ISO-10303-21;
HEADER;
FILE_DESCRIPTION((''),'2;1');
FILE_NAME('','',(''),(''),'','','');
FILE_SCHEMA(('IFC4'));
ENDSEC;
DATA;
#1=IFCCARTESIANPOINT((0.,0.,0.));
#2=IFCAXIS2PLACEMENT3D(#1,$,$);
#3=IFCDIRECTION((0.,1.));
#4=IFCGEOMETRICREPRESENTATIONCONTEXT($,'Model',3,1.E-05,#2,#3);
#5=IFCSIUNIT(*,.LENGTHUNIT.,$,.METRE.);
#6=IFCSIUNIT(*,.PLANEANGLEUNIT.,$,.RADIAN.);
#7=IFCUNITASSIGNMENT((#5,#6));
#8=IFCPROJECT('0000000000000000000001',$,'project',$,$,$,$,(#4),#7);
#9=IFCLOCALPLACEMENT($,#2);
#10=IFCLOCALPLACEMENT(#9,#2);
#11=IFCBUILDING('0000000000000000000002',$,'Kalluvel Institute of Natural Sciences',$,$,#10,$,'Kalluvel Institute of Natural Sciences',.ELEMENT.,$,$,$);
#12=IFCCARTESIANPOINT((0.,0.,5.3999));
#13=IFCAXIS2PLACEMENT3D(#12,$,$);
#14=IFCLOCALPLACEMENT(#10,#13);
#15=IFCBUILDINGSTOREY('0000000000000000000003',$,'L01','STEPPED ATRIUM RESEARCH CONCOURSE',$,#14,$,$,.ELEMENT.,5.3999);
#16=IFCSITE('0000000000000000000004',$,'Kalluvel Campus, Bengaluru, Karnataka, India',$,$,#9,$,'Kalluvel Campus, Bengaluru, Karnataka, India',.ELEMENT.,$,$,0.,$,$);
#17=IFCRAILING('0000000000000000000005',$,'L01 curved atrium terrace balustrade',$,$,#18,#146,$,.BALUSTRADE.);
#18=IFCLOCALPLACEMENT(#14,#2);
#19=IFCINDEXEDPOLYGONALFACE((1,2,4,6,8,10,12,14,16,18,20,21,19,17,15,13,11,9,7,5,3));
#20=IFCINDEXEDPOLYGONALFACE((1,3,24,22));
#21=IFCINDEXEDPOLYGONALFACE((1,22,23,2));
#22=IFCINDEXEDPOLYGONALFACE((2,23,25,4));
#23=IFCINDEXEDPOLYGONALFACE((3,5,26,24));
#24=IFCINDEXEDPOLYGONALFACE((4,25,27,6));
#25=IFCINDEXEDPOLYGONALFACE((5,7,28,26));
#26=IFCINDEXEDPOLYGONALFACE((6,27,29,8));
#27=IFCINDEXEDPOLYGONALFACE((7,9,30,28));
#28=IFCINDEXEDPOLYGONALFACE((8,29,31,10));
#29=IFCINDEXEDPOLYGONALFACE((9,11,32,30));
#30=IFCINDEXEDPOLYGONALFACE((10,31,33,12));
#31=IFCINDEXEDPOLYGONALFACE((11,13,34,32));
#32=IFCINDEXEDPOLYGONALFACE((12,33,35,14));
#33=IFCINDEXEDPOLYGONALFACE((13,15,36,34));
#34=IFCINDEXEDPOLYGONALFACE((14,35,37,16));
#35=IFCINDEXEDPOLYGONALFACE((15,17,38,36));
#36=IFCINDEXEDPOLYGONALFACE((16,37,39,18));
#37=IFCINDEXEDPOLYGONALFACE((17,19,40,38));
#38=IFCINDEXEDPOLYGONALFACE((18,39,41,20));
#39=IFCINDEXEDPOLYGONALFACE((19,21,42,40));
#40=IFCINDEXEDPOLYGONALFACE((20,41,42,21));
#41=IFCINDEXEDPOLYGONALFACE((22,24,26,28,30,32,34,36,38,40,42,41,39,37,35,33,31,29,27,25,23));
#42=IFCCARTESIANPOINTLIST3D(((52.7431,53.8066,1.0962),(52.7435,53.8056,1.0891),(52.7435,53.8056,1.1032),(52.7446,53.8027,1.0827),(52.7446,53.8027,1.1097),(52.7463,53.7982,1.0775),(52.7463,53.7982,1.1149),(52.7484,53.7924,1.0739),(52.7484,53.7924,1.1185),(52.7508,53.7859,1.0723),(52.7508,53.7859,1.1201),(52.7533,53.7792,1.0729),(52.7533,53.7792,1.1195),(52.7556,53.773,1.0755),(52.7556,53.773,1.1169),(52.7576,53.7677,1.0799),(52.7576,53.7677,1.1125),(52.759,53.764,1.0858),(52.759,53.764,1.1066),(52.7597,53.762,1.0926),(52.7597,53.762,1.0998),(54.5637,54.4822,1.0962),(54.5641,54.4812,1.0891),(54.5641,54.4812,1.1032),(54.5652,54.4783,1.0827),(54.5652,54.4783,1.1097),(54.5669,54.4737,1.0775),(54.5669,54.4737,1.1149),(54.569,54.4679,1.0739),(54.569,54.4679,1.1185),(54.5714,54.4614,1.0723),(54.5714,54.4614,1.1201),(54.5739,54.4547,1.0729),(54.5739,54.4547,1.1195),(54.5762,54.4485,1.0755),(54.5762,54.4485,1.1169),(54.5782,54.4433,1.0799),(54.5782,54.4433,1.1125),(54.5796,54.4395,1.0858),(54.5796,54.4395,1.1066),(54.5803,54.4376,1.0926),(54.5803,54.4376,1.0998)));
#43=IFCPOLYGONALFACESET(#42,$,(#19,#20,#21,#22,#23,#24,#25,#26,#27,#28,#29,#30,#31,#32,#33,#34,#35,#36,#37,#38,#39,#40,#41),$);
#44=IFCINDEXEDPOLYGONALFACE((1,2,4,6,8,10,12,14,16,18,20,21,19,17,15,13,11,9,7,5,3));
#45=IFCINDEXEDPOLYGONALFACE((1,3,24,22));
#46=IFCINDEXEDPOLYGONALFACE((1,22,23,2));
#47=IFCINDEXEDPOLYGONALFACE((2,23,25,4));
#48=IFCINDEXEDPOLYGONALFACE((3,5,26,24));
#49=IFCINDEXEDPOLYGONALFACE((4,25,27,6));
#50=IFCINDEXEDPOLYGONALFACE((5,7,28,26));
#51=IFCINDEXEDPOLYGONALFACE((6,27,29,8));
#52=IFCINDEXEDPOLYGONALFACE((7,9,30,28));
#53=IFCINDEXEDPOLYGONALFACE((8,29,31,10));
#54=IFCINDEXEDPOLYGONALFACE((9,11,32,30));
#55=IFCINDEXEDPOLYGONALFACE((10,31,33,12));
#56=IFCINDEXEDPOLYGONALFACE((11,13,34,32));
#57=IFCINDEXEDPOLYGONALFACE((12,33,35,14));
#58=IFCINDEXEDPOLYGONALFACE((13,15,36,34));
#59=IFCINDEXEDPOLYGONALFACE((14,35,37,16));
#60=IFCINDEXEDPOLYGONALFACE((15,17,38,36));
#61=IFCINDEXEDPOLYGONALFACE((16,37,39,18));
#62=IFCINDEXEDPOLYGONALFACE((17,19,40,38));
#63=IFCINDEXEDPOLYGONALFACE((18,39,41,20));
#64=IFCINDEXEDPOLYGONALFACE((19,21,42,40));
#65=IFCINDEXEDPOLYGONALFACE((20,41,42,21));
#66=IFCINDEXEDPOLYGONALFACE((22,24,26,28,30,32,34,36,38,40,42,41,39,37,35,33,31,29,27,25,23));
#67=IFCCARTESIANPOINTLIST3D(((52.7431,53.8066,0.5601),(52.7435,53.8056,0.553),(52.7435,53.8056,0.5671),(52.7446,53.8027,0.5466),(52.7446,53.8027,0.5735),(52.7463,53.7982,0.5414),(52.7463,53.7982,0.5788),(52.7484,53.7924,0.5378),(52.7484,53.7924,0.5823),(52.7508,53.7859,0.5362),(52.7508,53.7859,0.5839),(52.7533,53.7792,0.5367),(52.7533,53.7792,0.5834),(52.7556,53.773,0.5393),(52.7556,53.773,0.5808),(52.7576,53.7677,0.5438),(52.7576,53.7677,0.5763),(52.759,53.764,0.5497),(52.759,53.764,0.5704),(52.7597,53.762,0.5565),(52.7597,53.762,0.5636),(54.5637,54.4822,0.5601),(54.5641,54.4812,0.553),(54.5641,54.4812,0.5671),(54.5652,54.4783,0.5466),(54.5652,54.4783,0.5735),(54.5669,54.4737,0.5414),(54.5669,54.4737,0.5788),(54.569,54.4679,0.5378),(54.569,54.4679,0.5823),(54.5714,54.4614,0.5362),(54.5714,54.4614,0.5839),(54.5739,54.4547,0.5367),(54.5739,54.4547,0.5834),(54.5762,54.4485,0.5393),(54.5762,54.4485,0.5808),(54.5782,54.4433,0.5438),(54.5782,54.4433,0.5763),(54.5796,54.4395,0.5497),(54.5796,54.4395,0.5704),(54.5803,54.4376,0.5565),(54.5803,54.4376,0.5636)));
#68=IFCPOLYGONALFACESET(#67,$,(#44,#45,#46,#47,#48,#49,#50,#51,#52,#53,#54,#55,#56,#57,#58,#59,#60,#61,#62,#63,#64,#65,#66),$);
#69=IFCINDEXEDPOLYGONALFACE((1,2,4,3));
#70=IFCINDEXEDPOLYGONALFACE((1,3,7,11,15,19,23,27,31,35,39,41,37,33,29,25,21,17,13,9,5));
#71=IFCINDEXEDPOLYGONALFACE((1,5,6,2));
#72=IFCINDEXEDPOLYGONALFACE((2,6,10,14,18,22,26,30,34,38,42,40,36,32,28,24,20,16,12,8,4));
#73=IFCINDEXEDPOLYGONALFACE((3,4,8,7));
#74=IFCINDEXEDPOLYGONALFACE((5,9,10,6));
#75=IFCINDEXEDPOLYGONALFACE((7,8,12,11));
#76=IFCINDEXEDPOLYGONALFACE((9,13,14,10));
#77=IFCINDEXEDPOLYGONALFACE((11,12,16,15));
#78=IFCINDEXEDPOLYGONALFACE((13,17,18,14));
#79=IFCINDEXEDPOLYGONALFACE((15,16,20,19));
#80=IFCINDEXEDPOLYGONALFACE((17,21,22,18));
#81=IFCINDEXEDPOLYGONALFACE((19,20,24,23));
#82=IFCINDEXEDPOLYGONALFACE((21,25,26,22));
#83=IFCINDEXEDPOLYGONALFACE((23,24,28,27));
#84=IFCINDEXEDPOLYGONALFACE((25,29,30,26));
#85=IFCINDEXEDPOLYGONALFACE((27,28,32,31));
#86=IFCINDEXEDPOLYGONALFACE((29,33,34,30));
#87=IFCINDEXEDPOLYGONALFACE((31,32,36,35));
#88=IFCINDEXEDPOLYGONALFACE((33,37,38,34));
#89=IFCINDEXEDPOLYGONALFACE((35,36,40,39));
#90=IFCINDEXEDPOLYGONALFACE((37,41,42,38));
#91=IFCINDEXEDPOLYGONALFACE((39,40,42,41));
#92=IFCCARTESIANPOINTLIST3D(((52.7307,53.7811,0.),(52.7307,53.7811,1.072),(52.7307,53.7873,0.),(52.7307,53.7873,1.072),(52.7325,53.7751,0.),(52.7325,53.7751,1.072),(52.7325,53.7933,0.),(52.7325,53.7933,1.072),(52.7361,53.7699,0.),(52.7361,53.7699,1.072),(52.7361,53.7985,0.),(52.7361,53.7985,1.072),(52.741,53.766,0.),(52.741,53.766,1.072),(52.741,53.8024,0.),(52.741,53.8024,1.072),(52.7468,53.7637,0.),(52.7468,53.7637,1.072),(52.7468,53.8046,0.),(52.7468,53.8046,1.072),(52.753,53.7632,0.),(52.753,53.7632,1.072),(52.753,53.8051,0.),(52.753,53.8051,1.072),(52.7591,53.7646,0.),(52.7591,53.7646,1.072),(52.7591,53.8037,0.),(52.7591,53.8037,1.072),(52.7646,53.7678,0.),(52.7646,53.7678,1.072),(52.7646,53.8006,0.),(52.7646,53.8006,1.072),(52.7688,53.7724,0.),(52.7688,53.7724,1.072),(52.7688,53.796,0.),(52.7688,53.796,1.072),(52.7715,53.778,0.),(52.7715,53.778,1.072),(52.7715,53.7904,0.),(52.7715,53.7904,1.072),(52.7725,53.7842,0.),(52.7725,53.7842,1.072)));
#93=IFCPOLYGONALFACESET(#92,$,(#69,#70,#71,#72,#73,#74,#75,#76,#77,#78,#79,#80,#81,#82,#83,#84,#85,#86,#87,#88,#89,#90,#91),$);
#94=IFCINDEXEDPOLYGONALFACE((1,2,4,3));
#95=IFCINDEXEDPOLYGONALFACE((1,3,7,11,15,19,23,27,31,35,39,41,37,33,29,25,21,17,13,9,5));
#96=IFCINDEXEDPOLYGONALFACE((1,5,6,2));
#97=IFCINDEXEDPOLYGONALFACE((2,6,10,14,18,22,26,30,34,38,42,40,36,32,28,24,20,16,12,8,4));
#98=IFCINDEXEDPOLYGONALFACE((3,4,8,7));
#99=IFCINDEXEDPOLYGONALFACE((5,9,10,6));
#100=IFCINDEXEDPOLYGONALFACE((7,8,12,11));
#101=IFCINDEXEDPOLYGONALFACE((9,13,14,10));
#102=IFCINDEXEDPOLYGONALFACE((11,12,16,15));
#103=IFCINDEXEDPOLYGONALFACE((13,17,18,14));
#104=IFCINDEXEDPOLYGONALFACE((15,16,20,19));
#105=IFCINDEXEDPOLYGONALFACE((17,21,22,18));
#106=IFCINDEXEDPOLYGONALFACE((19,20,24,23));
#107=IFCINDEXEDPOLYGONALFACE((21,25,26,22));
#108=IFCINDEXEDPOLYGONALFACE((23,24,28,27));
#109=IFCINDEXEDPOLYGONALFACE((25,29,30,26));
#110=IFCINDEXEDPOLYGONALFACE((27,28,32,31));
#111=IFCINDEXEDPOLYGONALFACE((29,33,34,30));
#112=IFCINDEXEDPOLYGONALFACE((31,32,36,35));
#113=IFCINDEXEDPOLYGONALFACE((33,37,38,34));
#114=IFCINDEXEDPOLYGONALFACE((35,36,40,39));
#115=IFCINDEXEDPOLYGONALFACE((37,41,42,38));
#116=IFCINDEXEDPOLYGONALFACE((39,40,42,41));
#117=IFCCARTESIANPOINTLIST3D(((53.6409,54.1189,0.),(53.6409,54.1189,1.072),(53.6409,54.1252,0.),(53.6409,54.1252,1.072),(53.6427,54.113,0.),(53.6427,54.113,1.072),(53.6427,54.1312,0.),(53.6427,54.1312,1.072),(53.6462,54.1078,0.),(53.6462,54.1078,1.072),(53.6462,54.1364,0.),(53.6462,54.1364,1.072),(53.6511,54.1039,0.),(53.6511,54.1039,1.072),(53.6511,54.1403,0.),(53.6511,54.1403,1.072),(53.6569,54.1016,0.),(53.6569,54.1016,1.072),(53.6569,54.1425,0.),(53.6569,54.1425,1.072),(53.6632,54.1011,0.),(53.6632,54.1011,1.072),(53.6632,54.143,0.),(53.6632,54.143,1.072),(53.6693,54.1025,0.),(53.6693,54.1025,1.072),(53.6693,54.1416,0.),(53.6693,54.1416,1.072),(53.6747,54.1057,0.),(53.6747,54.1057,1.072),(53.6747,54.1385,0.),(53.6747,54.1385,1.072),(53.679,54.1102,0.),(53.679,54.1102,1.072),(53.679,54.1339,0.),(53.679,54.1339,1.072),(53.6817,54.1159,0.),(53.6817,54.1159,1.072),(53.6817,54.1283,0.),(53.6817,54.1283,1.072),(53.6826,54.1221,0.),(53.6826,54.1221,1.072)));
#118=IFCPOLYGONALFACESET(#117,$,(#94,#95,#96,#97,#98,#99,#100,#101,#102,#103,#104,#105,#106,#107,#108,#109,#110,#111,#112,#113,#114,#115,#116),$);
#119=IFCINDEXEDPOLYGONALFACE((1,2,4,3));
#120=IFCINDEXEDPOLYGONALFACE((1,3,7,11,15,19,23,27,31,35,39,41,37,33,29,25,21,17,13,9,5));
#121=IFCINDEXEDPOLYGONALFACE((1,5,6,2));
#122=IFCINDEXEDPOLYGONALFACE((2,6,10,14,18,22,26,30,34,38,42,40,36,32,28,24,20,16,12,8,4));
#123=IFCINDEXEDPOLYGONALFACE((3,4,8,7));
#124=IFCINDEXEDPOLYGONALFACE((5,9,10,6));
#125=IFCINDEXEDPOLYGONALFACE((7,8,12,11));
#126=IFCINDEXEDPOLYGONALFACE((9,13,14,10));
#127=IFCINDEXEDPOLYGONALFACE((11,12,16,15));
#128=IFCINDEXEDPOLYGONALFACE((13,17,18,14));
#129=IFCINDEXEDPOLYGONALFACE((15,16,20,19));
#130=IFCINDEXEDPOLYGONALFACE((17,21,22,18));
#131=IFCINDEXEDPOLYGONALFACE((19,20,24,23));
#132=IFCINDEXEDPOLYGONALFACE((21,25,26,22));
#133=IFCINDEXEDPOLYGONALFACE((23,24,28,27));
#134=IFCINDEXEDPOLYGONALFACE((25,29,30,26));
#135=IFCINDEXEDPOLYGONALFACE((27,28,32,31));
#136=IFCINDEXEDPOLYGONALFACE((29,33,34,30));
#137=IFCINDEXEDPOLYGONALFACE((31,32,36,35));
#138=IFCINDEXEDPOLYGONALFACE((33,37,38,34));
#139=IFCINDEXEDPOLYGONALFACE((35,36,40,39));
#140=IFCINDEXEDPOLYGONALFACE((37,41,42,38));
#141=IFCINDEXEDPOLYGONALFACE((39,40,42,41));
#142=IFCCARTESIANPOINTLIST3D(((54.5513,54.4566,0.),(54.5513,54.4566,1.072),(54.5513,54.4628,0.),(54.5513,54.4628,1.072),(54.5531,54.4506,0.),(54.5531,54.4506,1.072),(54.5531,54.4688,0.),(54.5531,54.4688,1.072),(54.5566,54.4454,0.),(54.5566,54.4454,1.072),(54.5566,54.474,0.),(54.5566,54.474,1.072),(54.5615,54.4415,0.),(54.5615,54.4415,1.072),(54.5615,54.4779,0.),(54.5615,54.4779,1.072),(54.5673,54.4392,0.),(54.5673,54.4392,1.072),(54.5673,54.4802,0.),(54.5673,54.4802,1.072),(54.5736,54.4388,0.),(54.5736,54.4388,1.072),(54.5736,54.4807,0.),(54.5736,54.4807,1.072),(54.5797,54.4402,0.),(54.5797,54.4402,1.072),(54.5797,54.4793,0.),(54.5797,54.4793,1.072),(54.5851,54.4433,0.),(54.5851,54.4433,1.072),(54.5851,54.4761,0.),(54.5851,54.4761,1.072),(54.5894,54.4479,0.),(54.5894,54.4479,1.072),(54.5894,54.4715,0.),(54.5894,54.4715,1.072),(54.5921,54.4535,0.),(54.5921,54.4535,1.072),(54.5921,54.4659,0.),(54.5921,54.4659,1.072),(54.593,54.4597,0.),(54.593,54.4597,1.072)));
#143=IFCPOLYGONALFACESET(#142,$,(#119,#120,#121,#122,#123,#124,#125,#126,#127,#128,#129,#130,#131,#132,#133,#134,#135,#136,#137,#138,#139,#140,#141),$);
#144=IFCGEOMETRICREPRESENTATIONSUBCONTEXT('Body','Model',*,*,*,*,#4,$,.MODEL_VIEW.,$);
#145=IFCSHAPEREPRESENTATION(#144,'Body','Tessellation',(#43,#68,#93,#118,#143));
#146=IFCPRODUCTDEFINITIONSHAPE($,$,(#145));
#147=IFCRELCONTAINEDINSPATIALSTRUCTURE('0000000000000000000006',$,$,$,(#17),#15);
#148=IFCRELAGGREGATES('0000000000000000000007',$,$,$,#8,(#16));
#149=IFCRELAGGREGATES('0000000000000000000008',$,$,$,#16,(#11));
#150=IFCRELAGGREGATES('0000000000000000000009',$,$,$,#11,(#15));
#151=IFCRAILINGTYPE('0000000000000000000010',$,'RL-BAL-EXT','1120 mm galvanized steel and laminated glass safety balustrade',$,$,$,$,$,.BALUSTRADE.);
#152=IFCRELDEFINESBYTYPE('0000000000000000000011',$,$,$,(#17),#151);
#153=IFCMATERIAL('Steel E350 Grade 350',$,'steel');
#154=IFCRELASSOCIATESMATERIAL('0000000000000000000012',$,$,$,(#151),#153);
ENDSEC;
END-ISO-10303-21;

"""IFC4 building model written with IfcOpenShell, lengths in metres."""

from ifc_helpers import new_model, si_unit, direction, frame, origin, origin_2d, place, context, subcontext, project, spatial, circle, extrude, material, type_object, element, save


model = new_model("IFC4")

# Units and contexts
model_context = context("Model", 3, precision=1e-05, world=origin(), true_north=direction((0.0, 1.0)))
body_context = subcontext(model_context, "Body", "Model", "MODEL_VIEW")
ifc_project = project(units=[si_unit("LENGTHUNIT", "METRE"), si_unit("PLANEANGLEUNIT", "RADIAN")], contexts=[model_context])

# Site, building, storey
site_placement = place(None, origin())
site = spatial("IfcSite", under=ifc_project, at=site_placement, Name="Kalluvel Campus, Bengaluru, Karnataka, India", LongName="Kalluvel Campus, Bengaluru, Karnataka, India", CompositionType="ELEMENT", RefElevation=0.0)
building_placement = place(site_placement, origin())
building = spatial("IfcBuilding", under=site, at=building_placement, Name="Kalluvel Institute of Natural Sciences", LongName="Kalluvel Institute of Natural Sciences", CompositionType="ELEMENT")
storey_placement = place(building_placement, frame((0.0, 0.0, 5.3999)))
storey = spatial("IfcBuildingStorey", under=building, at=storey_placement, Name="L01", Description="STEPPED ATRIUM RESEARCH CONCOURSE", CompositionType="ELEMENT", Elevation=5.3999)

# Shared definitions
ifc_material_1 = material(Name="Steel E350 Grade 350", Category="steel")

# Railing
railing_type = type_object("IfcRailingType", Name="RL-BAL-EXT", Description="1120 mm galvanized steel and laminated glass safety balustrade", PredefinedType="BALUSTRADE", material=ifc_material_1)
railing_1_placement = place(storey_placement, frame((52.7515, 53.7842, 0.0)))
element("IfcRailing", 1, at=railing_1_placement, inside=storey, type_object=railing_type, Name="L01 curved atrium terrace balustrade", PredefinedType="BALUSTRADE", context=body_context, shape_type="SweptSolid", body=[
    extrude(circle(Radius=0.0239, at=origin_2d()), frame((0.0, 0.0, 1.0962), z_axis=(0.937538, 0.347883, 0.0), x_axis=(-0.347883, 0.937538, 0.0)), (0.0, 0.0, 1.0), 1.9419),
    extrude(circle(Radius=0.0239, at=origin_2d()), frame((0.0, 0.0, 0.5601), z_axis=(0.937538, 0.347883, 0.0), x_axis=(-0.347883, 0.937538, 0.0)), (0.0, 0.0, 1.0), 1.9419),
    extrude(circle(Radius=0.021, at=origin_2d()), origin(), (0.0, 0.0, 1.0), 1.072),
    extrude(circle(Radius=0.021, at=origin_2d()), frame((0.9102, 0.3379, 0.0)), (0.0, 0.0, 1.0), 1.072),
    extrude(circle(Radius=0.021, at=origin_2d()), frame((1.8206, 0.6755, 0.0)), (0.0, 0.0, 1.0), 1.072),
])

save(model, "model.ifc")
